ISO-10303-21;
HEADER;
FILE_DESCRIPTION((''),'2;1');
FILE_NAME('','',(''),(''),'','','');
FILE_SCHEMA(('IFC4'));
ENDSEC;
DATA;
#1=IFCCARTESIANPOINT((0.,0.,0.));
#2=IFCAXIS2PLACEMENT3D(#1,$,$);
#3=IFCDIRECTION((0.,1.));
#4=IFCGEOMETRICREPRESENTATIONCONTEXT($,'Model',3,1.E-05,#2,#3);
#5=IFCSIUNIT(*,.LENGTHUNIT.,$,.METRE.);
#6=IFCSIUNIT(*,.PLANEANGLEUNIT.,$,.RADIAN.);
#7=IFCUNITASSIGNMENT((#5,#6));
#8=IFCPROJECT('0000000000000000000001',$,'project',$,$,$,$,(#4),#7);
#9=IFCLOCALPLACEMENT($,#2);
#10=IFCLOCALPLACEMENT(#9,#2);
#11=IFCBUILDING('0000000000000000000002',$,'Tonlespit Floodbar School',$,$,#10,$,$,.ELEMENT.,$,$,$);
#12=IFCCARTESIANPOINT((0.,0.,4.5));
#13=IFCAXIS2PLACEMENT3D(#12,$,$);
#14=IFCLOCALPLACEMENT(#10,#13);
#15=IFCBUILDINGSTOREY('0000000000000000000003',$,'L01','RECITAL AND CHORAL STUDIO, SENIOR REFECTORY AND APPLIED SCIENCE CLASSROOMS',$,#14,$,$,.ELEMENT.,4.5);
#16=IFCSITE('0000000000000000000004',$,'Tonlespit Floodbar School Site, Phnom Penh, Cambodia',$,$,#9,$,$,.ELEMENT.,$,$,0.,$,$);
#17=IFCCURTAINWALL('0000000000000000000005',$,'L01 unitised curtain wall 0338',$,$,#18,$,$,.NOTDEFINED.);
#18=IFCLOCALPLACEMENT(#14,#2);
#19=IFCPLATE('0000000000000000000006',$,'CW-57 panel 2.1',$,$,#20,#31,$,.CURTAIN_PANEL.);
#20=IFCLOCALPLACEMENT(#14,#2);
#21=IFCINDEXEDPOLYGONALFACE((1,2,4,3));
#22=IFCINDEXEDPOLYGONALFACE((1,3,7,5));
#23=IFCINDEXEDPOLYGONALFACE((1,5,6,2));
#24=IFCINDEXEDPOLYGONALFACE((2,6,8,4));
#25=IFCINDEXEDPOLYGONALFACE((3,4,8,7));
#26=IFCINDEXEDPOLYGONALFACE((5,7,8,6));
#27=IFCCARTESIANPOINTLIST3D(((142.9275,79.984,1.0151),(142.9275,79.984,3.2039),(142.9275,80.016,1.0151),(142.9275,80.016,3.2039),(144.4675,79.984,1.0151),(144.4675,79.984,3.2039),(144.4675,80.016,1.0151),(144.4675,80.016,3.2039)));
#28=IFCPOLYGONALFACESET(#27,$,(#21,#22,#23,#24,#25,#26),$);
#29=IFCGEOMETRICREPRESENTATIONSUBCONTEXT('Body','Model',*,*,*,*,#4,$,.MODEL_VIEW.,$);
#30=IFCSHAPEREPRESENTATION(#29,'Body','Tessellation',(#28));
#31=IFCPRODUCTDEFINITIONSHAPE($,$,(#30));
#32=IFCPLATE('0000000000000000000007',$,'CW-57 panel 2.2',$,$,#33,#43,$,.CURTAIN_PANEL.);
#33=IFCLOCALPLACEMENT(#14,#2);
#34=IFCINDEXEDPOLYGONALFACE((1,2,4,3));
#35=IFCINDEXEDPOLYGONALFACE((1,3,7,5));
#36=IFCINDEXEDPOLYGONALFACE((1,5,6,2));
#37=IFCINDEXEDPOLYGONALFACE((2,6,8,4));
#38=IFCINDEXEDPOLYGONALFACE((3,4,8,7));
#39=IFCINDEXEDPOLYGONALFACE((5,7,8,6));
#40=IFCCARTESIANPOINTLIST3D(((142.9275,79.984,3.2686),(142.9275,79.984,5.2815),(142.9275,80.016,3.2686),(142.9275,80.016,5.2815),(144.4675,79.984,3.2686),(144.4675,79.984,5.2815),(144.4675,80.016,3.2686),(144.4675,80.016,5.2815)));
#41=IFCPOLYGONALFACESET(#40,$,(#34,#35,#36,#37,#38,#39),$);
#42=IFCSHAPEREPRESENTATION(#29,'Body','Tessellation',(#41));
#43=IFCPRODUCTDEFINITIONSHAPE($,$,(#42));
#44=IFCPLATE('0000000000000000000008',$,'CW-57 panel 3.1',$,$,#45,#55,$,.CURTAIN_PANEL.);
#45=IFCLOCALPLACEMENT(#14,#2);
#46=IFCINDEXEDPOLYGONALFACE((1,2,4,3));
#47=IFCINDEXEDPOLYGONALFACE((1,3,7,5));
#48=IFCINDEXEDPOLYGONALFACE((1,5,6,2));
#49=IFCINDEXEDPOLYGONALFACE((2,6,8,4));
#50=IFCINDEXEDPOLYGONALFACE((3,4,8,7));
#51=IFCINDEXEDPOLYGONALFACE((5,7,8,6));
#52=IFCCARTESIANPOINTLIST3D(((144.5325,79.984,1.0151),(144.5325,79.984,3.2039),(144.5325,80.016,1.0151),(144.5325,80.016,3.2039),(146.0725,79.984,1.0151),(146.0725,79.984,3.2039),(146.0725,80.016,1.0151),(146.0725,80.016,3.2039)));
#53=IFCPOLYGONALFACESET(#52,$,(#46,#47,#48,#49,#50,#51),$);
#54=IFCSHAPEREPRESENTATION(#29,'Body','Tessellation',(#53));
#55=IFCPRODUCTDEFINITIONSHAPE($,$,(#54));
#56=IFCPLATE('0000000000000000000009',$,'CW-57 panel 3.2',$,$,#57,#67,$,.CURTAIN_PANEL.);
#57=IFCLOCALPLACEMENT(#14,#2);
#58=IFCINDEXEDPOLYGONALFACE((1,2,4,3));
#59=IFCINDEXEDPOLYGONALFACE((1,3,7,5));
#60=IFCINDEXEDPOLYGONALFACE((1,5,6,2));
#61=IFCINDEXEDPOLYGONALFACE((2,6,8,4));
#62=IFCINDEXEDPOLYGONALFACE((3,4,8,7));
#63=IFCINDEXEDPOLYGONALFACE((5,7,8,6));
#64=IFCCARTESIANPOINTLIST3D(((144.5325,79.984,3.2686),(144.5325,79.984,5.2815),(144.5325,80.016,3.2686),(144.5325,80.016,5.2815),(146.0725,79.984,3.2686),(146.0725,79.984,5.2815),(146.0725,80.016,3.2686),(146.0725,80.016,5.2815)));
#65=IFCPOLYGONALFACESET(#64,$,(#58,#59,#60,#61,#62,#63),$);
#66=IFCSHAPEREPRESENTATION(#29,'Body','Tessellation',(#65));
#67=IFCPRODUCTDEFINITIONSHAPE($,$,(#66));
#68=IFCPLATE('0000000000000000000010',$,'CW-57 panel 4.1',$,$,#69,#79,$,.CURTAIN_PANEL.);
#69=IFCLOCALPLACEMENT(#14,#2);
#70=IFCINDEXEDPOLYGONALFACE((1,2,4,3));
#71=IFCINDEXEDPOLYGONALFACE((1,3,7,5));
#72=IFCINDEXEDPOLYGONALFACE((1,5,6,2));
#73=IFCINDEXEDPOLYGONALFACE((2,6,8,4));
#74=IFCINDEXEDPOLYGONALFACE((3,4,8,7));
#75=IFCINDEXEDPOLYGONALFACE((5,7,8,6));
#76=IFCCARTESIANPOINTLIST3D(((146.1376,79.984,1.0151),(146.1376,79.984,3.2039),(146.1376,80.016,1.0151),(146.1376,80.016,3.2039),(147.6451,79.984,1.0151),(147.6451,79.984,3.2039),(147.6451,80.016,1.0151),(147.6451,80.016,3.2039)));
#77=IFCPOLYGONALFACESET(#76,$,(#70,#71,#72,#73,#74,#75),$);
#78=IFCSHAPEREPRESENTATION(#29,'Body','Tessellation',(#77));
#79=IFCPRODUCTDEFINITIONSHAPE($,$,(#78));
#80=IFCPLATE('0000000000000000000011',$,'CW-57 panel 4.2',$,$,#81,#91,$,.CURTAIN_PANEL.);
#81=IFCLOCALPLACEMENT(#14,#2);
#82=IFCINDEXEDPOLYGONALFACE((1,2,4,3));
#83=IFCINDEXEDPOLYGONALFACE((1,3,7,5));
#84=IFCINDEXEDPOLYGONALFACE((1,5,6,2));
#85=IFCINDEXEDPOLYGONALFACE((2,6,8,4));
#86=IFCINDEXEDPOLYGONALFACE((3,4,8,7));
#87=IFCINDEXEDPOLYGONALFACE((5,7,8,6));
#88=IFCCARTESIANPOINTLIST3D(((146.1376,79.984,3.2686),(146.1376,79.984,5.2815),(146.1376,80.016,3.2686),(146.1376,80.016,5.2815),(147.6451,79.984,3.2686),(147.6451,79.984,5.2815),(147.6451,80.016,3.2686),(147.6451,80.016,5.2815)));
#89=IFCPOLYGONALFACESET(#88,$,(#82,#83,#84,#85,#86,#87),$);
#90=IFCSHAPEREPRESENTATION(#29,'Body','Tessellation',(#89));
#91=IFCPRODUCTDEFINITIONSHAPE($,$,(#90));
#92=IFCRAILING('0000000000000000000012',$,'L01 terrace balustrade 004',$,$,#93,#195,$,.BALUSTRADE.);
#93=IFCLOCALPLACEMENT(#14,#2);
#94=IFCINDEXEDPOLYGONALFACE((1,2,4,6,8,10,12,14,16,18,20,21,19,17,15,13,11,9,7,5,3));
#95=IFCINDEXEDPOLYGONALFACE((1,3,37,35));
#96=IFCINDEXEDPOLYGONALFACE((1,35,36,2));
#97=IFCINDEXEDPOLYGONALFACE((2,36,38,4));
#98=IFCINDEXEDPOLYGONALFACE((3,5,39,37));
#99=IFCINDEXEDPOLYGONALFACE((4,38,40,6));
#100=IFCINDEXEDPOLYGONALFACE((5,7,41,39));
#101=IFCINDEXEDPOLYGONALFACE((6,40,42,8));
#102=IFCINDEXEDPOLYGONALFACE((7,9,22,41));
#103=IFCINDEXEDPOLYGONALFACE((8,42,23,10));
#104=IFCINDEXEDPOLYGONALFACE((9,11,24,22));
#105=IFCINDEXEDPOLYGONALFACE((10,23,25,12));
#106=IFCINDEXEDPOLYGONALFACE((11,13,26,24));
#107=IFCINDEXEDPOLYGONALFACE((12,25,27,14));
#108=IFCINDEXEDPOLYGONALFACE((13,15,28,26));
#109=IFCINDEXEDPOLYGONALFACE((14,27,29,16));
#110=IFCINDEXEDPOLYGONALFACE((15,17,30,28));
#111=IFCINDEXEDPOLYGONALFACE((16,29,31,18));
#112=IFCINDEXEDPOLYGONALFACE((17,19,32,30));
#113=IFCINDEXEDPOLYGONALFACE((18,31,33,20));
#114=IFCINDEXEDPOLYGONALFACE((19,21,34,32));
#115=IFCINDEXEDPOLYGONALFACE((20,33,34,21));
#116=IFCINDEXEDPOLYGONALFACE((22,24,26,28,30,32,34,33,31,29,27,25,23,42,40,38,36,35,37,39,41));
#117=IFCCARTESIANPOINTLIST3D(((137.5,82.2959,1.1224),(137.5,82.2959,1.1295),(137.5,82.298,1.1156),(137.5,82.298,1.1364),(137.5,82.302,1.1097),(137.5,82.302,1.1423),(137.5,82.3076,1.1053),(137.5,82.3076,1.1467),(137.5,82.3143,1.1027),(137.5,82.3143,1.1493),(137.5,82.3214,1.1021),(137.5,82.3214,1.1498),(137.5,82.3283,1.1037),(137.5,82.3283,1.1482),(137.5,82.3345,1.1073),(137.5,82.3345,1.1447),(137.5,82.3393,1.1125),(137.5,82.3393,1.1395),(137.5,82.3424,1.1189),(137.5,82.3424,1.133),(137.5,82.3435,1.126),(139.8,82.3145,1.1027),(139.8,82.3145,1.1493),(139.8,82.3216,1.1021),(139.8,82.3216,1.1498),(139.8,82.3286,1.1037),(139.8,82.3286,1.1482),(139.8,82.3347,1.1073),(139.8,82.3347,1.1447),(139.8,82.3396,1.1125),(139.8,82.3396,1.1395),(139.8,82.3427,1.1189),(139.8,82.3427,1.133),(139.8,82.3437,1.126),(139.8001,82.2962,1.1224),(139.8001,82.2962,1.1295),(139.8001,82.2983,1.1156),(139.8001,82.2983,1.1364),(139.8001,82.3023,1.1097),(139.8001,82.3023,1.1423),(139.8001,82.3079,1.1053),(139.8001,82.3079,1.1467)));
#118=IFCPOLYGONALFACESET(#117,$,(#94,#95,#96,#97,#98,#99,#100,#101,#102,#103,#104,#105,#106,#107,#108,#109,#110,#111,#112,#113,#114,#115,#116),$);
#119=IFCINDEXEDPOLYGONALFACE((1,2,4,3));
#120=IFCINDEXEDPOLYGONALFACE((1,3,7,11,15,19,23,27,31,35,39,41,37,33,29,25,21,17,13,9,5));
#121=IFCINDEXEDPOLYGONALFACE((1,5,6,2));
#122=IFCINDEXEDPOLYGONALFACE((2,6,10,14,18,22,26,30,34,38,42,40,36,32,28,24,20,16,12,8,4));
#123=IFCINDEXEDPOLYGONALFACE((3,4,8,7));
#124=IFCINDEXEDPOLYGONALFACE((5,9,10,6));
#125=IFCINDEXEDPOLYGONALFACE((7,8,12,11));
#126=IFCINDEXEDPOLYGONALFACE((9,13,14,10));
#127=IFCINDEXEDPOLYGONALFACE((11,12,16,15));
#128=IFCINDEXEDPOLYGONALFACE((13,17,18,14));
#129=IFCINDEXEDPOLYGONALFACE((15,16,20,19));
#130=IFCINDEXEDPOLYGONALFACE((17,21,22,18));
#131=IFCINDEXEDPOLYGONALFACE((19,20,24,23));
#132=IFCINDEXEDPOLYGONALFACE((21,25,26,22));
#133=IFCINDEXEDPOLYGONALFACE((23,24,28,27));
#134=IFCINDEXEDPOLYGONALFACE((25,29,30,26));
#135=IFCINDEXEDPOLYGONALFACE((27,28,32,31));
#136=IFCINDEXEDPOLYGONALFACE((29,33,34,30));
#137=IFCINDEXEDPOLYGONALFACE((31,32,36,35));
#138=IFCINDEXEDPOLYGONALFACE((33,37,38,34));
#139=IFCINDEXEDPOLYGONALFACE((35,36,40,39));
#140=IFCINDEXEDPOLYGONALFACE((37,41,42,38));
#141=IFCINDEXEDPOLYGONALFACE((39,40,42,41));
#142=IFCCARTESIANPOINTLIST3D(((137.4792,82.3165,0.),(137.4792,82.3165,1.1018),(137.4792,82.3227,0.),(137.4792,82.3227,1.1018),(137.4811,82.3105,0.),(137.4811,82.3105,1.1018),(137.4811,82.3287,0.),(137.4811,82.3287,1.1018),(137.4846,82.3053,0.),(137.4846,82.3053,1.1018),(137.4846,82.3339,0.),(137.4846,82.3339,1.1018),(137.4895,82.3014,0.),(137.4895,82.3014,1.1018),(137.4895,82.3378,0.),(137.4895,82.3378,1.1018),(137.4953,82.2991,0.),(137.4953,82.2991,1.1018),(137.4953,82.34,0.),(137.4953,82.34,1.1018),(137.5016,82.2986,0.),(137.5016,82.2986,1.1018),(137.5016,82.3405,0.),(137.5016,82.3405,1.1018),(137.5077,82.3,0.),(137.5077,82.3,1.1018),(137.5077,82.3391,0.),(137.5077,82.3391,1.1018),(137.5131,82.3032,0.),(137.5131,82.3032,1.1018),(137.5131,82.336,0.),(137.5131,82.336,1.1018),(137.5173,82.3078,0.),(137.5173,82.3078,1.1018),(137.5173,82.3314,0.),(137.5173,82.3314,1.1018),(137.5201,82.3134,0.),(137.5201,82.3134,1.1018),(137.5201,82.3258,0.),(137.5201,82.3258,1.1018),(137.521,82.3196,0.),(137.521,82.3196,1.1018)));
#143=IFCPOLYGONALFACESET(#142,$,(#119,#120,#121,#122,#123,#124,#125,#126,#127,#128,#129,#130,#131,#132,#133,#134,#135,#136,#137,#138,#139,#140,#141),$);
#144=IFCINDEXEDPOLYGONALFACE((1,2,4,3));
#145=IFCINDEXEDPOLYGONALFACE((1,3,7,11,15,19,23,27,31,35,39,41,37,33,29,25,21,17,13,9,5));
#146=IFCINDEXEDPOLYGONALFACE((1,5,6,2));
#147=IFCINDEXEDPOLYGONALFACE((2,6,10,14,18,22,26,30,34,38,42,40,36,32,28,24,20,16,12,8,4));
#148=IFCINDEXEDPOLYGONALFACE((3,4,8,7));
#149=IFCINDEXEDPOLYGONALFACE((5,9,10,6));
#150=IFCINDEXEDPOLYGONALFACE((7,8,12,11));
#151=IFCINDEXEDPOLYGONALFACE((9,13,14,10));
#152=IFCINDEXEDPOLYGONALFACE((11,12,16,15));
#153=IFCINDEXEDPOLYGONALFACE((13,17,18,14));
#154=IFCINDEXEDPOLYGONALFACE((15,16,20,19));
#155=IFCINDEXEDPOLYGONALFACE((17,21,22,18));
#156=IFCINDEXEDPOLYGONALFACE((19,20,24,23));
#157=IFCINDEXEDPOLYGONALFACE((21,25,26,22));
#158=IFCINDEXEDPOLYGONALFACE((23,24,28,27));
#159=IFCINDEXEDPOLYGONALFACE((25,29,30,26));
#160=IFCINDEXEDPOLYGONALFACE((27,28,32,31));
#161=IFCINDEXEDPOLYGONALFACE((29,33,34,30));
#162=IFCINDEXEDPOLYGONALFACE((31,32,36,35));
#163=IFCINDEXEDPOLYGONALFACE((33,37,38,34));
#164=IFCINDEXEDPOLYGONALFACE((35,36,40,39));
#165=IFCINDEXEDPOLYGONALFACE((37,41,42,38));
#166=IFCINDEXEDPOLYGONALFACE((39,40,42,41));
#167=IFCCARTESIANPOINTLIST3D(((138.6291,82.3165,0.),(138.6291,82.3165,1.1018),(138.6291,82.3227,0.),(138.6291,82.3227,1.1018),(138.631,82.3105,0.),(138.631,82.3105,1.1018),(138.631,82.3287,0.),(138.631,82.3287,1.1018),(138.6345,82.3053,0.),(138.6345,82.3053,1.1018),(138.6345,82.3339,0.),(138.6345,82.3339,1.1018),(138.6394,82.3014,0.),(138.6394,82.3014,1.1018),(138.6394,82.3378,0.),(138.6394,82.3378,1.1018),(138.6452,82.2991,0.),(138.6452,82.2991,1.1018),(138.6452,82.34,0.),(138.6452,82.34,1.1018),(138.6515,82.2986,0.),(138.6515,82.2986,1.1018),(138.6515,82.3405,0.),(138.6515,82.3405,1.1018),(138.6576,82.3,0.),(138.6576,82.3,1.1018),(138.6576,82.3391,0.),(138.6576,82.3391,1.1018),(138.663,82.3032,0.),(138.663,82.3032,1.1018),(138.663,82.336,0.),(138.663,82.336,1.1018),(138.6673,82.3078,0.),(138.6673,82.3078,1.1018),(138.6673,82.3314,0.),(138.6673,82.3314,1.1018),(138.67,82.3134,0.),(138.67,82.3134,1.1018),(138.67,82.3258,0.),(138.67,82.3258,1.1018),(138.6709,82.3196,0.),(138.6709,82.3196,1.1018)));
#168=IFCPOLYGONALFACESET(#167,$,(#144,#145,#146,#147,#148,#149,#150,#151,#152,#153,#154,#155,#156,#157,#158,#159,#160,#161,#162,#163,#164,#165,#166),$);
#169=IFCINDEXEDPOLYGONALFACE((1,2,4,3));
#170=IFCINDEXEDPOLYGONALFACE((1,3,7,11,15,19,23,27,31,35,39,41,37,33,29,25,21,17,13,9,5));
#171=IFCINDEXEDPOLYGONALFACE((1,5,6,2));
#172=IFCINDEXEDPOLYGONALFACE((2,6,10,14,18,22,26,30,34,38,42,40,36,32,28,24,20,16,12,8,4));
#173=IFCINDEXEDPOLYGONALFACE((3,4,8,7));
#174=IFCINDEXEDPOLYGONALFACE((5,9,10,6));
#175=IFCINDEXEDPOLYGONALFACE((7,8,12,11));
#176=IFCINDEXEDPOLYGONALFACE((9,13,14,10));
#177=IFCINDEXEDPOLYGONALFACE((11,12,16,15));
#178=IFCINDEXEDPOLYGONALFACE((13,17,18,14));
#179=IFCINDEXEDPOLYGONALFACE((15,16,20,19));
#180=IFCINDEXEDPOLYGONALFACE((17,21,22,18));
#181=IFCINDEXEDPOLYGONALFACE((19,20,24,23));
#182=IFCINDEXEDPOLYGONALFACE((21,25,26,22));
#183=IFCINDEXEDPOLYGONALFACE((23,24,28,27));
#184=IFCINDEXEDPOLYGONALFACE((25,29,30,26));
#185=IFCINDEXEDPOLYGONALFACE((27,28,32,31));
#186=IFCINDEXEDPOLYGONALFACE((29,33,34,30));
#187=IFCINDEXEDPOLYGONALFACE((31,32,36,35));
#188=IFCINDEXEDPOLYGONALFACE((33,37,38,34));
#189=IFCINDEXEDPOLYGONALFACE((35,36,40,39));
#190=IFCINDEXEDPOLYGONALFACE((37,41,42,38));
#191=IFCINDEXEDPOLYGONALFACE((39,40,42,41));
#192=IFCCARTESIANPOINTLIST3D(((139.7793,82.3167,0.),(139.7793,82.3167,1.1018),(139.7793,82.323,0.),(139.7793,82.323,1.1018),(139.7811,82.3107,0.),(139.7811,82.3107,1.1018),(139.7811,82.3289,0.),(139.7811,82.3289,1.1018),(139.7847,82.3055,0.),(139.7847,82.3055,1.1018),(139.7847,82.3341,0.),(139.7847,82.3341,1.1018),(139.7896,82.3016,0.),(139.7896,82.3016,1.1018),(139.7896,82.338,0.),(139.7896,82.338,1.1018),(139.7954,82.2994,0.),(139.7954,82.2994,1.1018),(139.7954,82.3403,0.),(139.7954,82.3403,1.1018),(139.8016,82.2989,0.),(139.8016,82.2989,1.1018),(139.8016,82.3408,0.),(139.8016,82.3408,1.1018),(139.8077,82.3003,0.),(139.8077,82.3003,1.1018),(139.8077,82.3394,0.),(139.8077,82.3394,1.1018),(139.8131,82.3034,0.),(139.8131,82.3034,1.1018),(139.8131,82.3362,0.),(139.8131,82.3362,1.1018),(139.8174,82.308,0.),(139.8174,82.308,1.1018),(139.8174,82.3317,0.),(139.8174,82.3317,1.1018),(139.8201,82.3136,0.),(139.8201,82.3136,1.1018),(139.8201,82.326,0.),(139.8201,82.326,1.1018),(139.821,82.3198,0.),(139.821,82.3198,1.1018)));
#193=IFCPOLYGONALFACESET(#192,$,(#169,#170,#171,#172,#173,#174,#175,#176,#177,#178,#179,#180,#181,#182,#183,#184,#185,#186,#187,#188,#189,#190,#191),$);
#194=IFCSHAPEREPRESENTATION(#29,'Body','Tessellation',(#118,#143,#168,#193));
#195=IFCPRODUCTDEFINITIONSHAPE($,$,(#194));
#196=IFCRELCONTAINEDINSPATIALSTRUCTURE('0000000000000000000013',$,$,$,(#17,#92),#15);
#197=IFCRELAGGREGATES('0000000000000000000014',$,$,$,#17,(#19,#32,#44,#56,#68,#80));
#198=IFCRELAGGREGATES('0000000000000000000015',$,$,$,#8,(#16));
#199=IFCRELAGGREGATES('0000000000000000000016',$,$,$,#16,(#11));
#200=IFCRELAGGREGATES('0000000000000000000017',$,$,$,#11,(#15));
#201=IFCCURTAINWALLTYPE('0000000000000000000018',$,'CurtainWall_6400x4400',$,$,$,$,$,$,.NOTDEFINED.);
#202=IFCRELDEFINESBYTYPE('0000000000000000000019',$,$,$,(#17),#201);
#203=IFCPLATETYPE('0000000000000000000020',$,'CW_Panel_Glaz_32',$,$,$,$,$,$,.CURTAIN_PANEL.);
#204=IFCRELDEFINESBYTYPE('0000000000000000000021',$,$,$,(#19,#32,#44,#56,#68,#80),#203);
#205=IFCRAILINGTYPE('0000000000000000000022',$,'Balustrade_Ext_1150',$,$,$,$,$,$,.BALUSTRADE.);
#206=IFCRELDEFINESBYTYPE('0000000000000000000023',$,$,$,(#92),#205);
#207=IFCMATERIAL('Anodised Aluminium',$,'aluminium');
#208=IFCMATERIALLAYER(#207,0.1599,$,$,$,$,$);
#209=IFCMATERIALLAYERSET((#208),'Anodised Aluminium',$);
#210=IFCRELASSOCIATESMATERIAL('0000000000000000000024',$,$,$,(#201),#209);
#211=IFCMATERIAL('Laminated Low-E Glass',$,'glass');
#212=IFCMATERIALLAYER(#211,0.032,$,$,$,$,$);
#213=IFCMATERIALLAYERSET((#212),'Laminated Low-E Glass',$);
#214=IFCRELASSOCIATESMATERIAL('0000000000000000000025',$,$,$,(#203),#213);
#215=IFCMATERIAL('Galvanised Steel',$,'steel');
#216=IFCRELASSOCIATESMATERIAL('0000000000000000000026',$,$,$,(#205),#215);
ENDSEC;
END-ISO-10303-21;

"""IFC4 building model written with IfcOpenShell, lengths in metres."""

from ifc_helpers import new_model, si_unit, direction, frame, origin, origin_2d, place, context, subcontext, project, spatial, rectangle, circle, extrude, material, layer, layer_set, type_object, element, aggregate, save


model = new_model("IFC4")

# Units and contexts
model_context = context("Model", 3, precision=1e-05, world=origin(), true_north=direction((0.0, 1.0)))
body_context = subcontext(model_context, "Body", "Model", "MODEL_VIEW")
ifc_project = project(units=[si_unit("LENGTHUNIT", "METRE"), si_unit("PLANEANGLEUNIT", "RADIAN")], contexts=[model_context])

# Site, building, storey
site_placement = place(None, origin())
site = spatial("IfcSite", under=ifc_project, at=site_placement, Name="Tonlespit Floodbar School Site, Phnom Penh, Cambodia", CompositionType="ELEMENT", RefElevation=0.0)
building_placement = place(site_placement, origin())
building = spatial("IfcBuilding", under=site, at=building_placement, Name="Tonlespit Floodbar School", CompositionType="ELEMENT")
storey_placement = place(building_placement, frame((0.0, 0.0, 4.5)))
storey = spatial("IfcBuildingStorey", under=building, at=storey_placement, Name="L01", Description="RECITAL AND CHORAL STUDIO, SENIOR REFECTORY AND APPLIED SCIENCE CLASSROOMS", CompositionType="ELEMENT", Elevation=4.5)

# Curtain wall, plates
ifc_material_1 = material(Name="Anodised Aluminium", Category="aluminium")
ifc_layer_1 = layer(ifc_material_1, 0.1599)
ifc_layer_set_1 = layer_set([ifc_layer_1], Name="Anodised Aluminium")
curtain_wall_type = type_object("IfcCurtainWallType", Name="CurtainWall_6400x4400", PredefinedType="NOTDEFINED", material=ifc_layer_set_1)
curtain_wall_placement = place(storey_placement, origin())
curtain_wall = element("IfcCurtainWall", 1, at=curtain_wall_placement, inside=storey, type_object=curtain_wall_type, Name="L01 unitised curtain wall 0338", PredefinedType="NOTDEFINED")
ifc_material_2 = material(Name="Laminated Low-E Glass", Category="glass")
ifc_layer_2 = layer(ifc_material_2, 0.032)
ifc_layer_set_2 = layer_set([ifc_layer_2], Name="Laminated Low-E Glass")
plate_type = type_object("IfcPlateType", Name="CW_Panel_Glaz_32", PredefinedType="CURTAIN_PANEL", material=ifc_layer_set_2)
plate_1_placement = place(storey_placement, frame((143.6975, 80.0, 1.0151), z_axis=(0.0, 0.0, 1.0), x_axis=(1.0, 0.0, 0.0)))
plate_1 = element("IfcPlate", 2, at=plate_1_placement, type_object=plate_type, Name="CW-57 panel 2.1", PredefinedType="CURTAIN_PANEL", context=body_context, shape_type="SweptSolid", body=[
    extrude(rectangle(XDim=1.54, YDim=0.032, at=origin_2d()), origin(), (0.0, 0.0, 1.0), 2.1887),
])
plate_2_placement = place(storey_placement, frame((143.6975, 80.0, 3.2686), z_axis=(0.0, 0.0, 1.0), x_axis=(1.0, 0.0, 0.0)))
plate_2 = element("IfcPlate", 3, at=plate_2_placement, type_object=plate_type, Name="CW-57 panel 2.2", PredefinedType="CURTAIN_PANEL", context=body_context, shape_type="SweptSolid", body=[
    extrude(rectangle(XDim=1.54, YDim=0.032, at=origin_2d()), origin(), (0.0, 0.0, 1.0), 2.0129),
])
plate_3_placement = place(storey_placement, frame((145.3025, 80.0, 1.0151), z_axis=(0.0, 0.0, 1.0), x_axis=(1.0, 0.0, 0.0)))
plate_3 = element("IfcPlate", 4, at=plate_3_placement, type_object=plate_type, Name="CW-57 panel 3.1", PredefinedType="CURTAIN_PANEL", context=body_context, shape_type="SweptSolid", body=[
    extrude(rectangle(XDim=1.54, YDim=0.032, at=origin_2d()), origin(), (0.0, 0.0, 1.0), 2.1887),
])
plate_4_placement = place(storey_placement, frame((145.3025, 80.0, 3.2686), z_axis=(0.0, 0.0, 1.0), x_axis=(1.0, 0.0, 0.0)))
plate_4 = element("IfcPlate", 5, at=plate_4_placement, type_object=plate_type, Name="CW-57 panel 3.2", PredefinedType="CURTAIN_PANEL", context=body_context, shape_type="SweptSolid", body=[
    extrude(rectangle(XDim=1.54, YDim=0.032, at=origin_2d()), origin(), (0.0, 0.0, 1.0), 2.0129),
])
plate_5_placement = place(storey_placement, frame((146.8914, 80.0, 1.0151), z_axis=(0.0, 0.0, 1.0), x_axis=(1.0, 0.0, 0.0)))
plate_5 = element("IfcPlate", 6, at=plate_5_placement, type_object=plate_type, Name="CW-57 panel 4.1", PredefinedType="CURTAIN_PANEL", context=body_context, shape_type="SweptSolid", body=[
    extrude(rectangle(XDim=1.5076, YDim=0.032, at=origin_2d()), origin(), (0.0, 0.0, 1.0), 2.1887),
])
plate_6_placement = place(storey_placement, frame((146.8914, 80.0, 3.2686), z_axis=(0.0, 0.0, 1.0), x_axis=(1.0, 0.0, 0.0)))
plate_6 = element("IfcPlate", 7, at=plate_6_placement, type_object=plate_type, Name="CW-57 panel 4.2", PredefinedType="CURTAIN_PANEL", context=body_context, shape_type="SweptSolid", body=[
    extrude(rectangle(XDim=1.5076, YDim=0.032, at=origin_2d()), origin(), (0.0, 0.0, 1.0), 2.0129),
])
aggregate(curtain_wall, [plate_1, plate_2, plate_3, plate_4, plate_5, plate_6])

# Railing
ifc_material_3 = material(Name="Galvanised Steel", Category="steel")
railing_type_1 = type_object("IfcRailingType", Name="Balustrade_Ext_1150", PredefinedType="BALUSTRADE", material=ifc_material_3)
railing_1_placement = place(storey_placement, frame((137.5, 82.3196, 0.0)))
element("IfcRailing", 8, at=railing_1_placement, inside=storey, type_object=railing_type_1, Name="L01 terrace balustrade 004", PredefinedType="BALUSTRADE", context=body_context, shape_type="SweptSolid", body=[
    extrude(circle(Radius=0.0239, at=origin_2d()), frame((0.0, 0.0, 1.126), z_axis=(1.0, 0.000106, 0.0), x_axis=(-0.000106, 1.0, 0.0)), (0.0, 0.0, 1.0), 2.3),
    extrude(circle(Radius=0.021, at=origin_2d()), origin(), (0.0, 0.0, 1.0), 1.1018),
    extrude(circle(Radius=0.021, at=origin_2d()), frame((1.1499, 0.0, 0.0)), (0.0, 0.0, 1.0), 1.1018),
    extrude(circle(Radius=0.021, at=origin_2d()), frame((2.3, 0.0002, 0.0)), (0.0, 0.0, 1.0), 1.1018),
])

save(model, "model.ifc")
